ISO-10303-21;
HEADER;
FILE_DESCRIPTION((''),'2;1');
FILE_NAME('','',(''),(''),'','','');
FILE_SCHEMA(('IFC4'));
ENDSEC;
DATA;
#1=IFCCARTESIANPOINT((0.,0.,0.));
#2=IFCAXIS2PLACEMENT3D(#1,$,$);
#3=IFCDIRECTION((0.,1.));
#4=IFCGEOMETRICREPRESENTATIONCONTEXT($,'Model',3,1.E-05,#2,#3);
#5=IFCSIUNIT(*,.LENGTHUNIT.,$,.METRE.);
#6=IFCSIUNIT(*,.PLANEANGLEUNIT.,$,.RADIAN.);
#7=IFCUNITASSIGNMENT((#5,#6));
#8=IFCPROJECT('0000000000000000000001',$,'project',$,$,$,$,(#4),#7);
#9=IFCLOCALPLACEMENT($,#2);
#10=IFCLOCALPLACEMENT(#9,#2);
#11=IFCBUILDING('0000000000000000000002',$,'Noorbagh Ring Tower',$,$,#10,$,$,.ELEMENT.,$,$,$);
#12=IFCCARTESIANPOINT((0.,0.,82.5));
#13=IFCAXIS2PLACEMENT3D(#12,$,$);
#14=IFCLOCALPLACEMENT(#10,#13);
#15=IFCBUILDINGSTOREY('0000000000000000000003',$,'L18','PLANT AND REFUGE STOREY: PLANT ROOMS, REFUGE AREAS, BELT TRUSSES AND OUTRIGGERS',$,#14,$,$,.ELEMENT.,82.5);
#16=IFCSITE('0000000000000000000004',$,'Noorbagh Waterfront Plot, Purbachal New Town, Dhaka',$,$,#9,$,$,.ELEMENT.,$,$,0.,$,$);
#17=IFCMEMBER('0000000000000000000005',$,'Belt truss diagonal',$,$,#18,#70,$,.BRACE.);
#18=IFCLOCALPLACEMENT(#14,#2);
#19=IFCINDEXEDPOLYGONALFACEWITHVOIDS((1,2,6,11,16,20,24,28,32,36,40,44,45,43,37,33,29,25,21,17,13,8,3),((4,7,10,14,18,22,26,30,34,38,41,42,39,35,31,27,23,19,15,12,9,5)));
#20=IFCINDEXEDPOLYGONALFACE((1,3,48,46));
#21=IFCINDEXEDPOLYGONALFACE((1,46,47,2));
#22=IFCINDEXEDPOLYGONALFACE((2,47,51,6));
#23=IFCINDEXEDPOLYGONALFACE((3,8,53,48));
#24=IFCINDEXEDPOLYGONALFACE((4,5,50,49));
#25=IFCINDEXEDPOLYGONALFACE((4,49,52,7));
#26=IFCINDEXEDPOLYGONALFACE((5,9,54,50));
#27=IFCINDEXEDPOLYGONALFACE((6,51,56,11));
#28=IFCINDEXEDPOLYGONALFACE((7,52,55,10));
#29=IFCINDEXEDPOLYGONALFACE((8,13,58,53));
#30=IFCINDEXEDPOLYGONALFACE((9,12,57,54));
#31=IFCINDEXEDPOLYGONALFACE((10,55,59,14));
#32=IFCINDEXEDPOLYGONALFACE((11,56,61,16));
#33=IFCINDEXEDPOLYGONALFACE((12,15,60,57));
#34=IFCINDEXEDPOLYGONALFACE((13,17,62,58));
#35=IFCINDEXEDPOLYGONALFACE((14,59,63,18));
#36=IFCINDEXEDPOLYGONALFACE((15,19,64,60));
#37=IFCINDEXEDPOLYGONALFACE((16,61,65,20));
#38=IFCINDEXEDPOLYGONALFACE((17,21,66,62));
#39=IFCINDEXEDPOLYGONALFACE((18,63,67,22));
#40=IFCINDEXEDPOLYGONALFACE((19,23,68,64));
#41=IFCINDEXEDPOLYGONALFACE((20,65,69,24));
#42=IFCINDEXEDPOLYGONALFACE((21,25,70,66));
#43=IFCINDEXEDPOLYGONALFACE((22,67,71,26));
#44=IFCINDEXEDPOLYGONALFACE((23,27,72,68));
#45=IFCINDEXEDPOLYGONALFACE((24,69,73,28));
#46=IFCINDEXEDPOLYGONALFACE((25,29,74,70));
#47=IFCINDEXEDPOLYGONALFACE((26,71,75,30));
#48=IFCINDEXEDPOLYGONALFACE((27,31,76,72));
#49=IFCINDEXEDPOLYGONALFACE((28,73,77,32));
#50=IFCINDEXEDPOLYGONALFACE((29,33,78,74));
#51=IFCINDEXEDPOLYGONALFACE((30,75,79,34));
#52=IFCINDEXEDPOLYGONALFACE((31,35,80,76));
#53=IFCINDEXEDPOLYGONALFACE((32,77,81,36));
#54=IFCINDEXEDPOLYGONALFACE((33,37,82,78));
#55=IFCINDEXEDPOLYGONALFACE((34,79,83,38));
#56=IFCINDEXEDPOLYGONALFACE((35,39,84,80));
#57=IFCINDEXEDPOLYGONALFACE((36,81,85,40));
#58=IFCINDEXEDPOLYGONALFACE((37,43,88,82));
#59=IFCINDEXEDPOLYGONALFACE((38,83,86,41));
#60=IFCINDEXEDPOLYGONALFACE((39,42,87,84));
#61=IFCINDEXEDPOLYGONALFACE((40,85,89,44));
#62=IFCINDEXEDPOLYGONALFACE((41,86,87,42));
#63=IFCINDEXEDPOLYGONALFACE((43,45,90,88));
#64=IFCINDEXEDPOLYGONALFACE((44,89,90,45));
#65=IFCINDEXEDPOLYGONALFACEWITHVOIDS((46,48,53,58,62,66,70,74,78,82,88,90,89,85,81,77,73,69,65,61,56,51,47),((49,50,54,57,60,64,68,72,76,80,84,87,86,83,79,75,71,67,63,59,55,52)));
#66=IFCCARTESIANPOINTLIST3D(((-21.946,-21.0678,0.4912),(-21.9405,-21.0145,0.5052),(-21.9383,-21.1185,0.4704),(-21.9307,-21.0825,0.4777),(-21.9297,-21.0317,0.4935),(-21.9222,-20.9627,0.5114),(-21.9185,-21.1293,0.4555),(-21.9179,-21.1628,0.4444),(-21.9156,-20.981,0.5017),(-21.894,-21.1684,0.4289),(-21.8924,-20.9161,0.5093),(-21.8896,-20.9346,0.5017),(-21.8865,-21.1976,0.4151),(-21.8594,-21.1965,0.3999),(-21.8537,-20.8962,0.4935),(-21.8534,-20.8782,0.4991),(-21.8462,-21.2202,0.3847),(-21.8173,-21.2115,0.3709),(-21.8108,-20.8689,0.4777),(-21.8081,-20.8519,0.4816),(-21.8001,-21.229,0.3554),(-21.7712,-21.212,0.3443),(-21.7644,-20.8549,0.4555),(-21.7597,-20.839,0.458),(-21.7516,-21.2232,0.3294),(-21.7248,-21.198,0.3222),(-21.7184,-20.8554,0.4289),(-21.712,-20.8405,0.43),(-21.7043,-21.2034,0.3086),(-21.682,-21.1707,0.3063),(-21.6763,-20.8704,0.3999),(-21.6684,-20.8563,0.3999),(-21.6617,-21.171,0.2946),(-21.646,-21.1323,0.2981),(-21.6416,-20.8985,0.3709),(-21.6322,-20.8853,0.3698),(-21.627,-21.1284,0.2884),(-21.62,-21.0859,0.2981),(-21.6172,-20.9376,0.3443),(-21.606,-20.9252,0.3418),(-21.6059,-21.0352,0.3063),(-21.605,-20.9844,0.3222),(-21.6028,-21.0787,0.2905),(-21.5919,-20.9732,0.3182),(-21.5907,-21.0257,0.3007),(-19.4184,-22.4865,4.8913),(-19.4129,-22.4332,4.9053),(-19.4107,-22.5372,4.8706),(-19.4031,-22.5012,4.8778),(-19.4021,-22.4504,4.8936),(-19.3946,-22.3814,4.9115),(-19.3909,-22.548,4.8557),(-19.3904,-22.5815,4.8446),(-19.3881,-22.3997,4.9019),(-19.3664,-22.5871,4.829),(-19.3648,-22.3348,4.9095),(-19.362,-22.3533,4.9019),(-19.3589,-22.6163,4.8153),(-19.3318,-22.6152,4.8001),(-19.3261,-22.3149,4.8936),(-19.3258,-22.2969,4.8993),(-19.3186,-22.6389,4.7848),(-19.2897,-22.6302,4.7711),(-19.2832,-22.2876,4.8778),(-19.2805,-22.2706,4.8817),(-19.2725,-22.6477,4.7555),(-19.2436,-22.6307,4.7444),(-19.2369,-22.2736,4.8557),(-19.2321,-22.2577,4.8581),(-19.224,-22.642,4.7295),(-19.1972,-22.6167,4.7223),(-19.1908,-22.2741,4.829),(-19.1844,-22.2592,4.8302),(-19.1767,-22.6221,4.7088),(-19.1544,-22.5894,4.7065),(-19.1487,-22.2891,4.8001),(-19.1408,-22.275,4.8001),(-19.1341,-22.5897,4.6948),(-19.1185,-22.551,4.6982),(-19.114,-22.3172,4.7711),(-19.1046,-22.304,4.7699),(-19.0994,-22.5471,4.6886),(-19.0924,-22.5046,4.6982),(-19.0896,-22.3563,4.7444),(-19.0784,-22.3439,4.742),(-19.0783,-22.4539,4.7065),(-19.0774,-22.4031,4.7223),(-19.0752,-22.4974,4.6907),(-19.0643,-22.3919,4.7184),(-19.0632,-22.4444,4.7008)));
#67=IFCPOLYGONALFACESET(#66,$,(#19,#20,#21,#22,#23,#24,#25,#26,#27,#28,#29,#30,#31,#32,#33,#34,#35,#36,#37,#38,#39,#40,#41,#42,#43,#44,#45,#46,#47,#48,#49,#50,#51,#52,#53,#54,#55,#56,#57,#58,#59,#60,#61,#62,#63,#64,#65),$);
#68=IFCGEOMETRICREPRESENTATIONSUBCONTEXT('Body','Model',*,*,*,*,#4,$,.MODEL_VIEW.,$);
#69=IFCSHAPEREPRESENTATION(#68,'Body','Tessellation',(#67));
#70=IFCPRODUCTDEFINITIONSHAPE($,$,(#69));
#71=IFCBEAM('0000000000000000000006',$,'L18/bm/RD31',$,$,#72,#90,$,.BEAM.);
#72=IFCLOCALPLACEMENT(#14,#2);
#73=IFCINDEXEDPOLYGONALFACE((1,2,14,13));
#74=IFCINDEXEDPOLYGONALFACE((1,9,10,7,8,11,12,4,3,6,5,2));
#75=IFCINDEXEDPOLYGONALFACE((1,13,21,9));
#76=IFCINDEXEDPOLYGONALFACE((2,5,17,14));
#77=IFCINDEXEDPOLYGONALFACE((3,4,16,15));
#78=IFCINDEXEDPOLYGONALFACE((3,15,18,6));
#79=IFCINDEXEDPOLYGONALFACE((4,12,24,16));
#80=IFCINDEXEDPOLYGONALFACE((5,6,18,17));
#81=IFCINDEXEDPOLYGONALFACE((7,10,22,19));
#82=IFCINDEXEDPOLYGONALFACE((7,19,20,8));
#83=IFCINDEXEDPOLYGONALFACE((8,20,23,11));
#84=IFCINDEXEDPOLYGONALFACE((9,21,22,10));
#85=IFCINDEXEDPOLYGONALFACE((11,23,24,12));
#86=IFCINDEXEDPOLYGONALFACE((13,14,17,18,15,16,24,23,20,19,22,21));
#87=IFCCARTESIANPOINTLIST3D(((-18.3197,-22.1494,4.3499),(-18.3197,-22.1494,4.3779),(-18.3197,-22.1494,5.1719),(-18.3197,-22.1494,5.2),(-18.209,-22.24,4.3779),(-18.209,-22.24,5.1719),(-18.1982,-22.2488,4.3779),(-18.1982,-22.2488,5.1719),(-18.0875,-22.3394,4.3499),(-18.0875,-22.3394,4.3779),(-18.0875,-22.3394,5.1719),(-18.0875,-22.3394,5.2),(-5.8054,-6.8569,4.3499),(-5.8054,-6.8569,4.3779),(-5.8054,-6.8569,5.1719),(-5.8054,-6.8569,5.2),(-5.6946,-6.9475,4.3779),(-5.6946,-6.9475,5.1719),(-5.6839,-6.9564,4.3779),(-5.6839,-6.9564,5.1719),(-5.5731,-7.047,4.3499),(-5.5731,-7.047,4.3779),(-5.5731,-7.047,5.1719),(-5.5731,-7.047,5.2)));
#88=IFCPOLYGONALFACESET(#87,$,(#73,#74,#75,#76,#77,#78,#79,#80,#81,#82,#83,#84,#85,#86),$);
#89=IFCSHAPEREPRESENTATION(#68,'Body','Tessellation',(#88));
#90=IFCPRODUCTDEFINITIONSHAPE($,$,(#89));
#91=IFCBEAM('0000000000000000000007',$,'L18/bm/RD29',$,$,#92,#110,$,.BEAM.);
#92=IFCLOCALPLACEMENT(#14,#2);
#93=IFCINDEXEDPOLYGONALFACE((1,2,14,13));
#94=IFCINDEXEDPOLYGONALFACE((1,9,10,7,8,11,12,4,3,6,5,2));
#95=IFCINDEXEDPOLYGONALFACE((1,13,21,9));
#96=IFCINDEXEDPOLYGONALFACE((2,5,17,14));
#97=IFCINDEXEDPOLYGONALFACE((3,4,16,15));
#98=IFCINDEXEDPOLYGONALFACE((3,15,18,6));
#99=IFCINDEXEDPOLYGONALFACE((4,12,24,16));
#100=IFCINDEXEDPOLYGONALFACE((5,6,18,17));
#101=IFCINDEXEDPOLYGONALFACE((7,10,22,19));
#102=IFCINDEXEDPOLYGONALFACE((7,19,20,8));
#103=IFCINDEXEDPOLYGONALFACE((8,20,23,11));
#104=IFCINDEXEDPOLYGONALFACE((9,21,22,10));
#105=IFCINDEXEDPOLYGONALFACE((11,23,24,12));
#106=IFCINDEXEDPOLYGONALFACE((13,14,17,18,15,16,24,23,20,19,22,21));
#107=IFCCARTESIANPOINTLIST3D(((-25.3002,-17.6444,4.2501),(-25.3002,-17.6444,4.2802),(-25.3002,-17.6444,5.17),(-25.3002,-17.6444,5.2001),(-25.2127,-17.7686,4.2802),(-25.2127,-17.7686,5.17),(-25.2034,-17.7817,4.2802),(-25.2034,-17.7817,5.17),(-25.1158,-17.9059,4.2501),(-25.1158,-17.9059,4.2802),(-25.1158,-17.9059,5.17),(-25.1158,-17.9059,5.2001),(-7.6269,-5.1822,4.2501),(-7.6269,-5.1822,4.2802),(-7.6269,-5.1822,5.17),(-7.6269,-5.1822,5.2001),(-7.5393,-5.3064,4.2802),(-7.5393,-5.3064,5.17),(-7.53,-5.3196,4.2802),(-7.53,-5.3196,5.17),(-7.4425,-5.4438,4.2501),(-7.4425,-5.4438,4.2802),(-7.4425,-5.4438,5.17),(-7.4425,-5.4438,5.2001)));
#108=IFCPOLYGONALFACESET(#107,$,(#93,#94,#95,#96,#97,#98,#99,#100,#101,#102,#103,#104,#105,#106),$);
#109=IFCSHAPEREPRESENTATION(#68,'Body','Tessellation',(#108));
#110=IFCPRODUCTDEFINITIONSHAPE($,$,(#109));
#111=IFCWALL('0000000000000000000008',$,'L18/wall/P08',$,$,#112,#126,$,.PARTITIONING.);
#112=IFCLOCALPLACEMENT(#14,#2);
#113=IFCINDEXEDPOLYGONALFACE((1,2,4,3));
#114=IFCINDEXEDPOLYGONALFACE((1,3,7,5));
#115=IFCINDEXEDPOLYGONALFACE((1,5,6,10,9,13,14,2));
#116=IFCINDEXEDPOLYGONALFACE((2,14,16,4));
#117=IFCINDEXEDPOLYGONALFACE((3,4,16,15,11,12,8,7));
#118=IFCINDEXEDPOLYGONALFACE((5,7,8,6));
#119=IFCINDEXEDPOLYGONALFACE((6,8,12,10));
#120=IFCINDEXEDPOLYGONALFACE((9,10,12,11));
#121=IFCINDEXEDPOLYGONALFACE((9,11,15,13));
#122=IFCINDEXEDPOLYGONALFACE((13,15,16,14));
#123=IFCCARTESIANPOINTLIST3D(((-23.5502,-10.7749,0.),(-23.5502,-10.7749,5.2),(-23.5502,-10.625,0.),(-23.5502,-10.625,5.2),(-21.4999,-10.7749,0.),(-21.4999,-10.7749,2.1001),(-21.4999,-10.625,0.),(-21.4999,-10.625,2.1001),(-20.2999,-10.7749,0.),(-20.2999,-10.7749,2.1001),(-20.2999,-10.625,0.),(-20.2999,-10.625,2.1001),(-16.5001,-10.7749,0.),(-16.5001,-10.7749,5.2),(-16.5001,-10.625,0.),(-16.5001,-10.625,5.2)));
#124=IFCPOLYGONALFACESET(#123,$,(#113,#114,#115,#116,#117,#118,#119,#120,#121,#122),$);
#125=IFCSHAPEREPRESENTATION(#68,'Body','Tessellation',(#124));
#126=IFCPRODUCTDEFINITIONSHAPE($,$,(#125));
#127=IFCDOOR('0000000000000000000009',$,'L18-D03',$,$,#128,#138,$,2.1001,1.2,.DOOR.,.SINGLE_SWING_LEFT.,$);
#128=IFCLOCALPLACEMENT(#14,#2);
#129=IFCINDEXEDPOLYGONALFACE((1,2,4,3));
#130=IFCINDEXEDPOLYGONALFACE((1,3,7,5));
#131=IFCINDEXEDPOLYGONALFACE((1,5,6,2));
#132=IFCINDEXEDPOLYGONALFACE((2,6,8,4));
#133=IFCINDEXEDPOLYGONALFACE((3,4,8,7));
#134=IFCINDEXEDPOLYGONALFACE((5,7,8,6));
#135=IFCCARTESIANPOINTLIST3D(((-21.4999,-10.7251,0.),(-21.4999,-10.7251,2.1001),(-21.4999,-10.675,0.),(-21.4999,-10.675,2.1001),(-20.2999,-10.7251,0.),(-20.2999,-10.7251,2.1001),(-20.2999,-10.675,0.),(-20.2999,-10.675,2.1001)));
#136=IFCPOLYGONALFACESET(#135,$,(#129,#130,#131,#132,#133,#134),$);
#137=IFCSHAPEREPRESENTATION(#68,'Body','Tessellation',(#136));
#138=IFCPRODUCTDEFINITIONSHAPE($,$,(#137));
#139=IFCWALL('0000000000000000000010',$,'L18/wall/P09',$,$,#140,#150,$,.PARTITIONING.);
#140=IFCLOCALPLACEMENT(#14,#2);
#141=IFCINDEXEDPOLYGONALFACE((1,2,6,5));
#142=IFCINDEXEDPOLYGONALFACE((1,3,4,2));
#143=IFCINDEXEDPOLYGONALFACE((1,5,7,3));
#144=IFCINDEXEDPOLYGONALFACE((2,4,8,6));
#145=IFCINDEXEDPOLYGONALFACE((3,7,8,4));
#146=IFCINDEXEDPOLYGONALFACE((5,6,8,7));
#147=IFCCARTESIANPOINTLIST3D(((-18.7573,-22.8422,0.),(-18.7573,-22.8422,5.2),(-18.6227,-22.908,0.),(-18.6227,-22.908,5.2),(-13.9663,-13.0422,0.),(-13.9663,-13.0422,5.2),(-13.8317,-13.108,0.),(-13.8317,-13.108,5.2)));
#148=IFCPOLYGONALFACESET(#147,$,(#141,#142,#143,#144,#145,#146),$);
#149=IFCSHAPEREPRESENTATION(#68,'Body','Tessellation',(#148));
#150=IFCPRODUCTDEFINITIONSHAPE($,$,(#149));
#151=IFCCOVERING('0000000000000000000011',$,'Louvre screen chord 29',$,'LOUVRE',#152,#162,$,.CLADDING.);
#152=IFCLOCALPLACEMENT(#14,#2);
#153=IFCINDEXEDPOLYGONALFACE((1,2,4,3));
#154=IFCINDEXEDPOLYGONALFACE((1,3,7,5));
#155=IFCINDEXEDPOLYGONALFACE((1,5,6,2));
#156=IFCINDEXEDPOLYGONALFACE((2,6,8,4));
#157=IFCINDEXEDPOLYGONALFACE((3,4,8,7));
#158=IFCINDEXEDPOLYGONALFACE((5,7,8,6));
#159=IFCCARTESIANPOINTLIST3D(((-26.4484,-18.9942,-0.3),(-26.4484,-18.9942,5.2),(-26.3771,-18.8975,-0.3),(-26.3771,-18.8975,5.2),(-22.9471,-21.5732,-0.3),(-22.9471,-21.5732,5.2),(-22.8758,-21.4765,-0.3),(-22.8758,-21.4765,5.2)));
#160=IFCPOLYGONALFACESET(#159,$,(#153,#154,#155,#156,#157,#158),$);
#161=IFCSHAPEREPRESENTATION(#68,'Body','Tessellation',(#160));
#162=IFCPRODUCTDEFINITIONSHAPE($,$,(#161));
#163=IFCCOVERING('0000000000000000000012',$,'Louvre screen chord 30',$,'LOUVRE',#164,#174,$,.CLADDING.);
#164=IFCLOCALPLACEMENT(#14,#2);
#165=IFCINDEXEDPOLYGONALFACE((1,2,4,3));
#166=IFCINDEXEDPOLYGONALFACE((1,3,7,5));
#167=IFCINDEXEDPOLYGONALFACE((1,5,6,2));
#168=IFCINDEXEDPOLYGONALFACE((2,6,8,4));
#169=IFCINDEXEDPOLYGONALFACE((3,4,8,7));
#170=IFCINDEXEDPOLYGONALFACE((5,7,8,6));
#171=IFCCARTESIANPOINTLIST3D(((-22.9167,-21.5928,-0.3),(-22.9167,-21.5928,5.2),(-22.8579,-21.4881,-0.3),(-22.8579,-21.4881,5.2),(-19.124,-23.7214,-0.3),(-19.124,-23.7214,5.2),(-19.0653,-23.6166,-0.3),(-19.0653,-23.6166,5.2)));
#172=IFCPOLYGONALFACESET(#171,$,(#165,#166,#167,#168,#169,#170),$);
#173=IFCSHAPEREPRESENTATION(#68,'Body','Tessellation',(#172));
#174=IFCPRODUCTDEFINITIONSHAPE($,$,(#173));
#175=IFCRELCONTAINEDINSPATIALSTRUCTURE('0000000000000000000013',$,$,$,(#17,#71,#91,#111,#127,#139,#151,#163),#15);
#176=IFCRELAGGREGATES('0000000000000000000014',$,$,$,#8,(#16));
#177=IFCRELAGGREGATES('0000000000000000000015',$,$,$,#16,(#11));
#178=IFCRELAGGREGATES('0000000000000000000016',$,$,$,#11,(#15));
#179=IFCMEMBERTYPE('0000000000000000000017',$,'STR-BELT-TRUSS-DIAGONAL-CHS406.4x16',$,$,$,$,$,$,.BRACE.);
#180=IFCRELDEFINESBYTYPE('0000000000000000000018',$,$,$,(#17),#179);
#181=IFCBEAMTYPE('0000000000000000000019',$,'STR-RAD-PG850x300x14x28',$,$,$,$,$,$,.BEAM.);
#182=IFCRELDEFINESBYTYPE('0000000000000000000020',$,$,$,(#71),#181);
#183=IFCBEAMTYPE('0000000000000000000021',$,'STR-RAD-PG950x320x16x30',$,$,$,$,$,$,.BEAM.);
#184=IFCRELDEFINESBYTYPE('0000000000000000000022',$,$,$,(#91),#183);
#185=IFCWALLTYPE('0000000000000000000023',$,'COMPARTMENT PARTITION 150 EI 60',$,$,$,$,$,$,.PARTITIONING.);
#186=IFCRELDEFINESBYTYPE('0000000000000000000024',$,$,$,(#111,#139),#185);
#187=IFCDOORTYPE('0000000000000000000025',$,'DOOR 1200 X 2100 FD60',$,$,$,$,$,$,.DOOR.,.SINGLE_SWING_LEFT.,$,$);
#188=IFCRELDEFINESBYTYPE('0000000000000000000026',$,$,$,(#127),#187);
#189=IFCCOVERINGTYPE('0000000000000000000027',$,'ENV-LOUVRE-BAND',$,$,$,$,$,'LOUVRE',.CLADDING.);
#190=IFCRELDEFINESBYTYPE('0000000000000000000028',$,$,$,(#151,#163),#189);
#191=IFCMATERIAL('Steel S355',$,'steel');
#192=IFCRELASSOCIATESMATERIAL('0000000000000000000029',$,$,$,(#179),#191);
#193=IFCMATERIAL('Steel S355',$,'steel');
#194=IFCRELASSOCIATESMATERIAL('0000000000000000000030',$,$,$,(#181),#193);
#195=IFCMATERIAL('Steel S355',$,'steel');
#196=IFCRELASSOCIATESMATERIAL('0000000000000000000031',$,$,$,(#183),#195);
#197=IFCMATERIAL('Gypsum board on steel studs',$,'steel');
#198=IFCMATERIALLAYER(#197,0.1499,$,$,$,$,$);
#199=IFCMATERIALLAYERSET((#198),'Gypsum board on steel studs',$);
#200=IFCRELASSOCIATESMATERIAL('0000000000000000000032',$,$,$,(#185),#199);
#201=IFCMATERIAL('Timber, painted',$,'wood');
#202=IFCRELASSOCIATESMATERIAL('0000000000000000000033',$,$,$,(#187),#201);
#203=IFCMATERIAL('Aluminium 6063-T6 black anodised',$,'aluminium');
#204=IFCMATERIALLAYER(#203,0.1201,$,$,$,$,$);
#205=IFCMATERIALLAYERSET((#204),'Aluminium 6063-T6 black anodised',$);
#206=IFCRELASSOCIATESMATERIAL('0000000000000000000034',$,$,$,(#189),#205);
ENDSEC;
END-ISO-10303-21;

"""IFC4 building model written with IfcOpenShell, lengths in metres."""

from ifc_helpers import new_model, si_unit, direction, frame, frame_2d, origin, origin_2d, place, context, subcontext, project, spatial, rectangle, hollow_circle, i_section, extrude, material, layer, layer_set, material_profile, profile_set, type_object, element, fill, save


model = new_model("IFC4")

# Units and contexts
model_context = context("Model", 3, precision=1e-05, world=origin(), true_north=direction((0.0, 1.0)))
body_context = subcontext(model_context, "Body", "Model", "MODEL_VIEW")
ifc_project = project(units=[si_unit("LENGTHUNIT", "METRE"), si_unit("PLANEANGLEUNIT", "RADIAN")], contexts=[model_context])

# Site, building, storey
site_placement = place(None, origin())
site = spatial("IfcSite", under=ifc_project, at=site_placement, Name="Noorbagh Waterfront Plot, Purbachal New Town, Dhaka", CompositionType="ELEMENT", RefElevation=0.0)
building_placement = place(site_placement, origin())
building = spatial("IfcBuilding", under=site, at=building_placement, Name="Noorbagh Ring Tower", CompositionType="ELEMENT")
storey_placement = place(building_placement, frame((0.0, 0.0, 82.5)))
storey = spatial("IfcBuildingStorey", under=building, at=storey_placement, Name="L18", Description="PLANT AND REFUGE STOREY: PLANT ROOMS, REFUGE AREAS, BELT TRUSSES AND OUTRIGGERS", CompositionType="ELEMENT", Elevation=82.5)

# Member
ifc_material_1 = material(Name="Steel S355", Category="steel")
ifc_material_profile_1 = material_profile(ifc_material_1, hollow_circle(Radius=0.2031, WallThickness=0.0161, at=origin_2d()), Name="CHS406.4x16")
ifc_profile_set_1 = profile_set([ifc_material_profile_1], Name="Steel S355")
member_type = type_object("IfcMemberType", Name="STR-BELT-TRUSS-DIAGONAL-CHS406.4x16", PredefinedType="BRACE", material=ifc_profile_set_1)
member_1_placement = place(storey_placement, frame((-21.7678, -21.0334, 0.3999), z_axis=(0.479706, -0.269253, 0.835096), x_axis=(0.489457, 0.872027, 0.0)))
element("IfcMember", 1, at=member_1_placement, inside=storey, type_object=member_type, Name="Belt truss diagonal", PredefinedType="BRACE", context=body_context, shape_type="SweptSolid", body=[
    extrude(hollow_circle(Radius=0.2031, WallThickness=0.0161, at=origin_2d()), origin(), (0.0, 0.0, 1.0), 5.269),
])

# Beams
ifc_material_2 = material(Name="Steel S355", Category="steel")
ifc_material_profile_2 = material_profile(ifc_material_2, i_section(OverallWidth=0.3, OverallDepth=0.8501, WebThickness=0.0139, FlangeThickness=0.0281, at=origin_2d()), Name="PG850x300x14x28")
ifc_profile_set_2 = profile_set([ifc_material_profile_2], Name="Steel S355")
beam_type_1 = type_object("IfcBeamType", Name="STR-RAD-PG850x300x14x28", PredefinedType="BEAM", material=ifc_profile_set_2)
beam_1_placement = place(storey_placement, frame((-18.2036, -22.2444, 4.7749), z_axis=(0.63331, 0.773898, 0.0), x_axis=(-0.773898, 0.63331, 0.0)))
element("IfcBeam", 2, at=beam_1_placement, inside=storey, type_object=beam_type_1, Name="L18/bm/RD31", PredefinedType="BEAM", context=body_context, shape_type="SweptSolid", body=[
    extrude(i_section(OverallWidth=0.3, OverallDepth=0.8501, WebThickness=0.0139, FlangeThickness=0.0281, at=origin_2d()), origin(), (0.0, 0.0, 1.0), 19.7603),
])
ifc_material_3 = material(Name="Steel S355", Category="steel")
ifc_material_profile_3 = material_profile(ifc_material_3, i_section(OverallWidth=0.3201, OverallDepth=0.95, WebThickness=0.0161, FlangeThickness=0.03, at=origin_2d()), Name="PG950x320x16x30")
ifc_profile_set_3 = profile_set([ifc_material_profile_3], Name="Steel S355")
beam_type_2 = type_object("IfcBeamType", Name="STR-RAD-PG950x320x16x30", PredefinedType="BEAM", material=ifc_profile_set_3)
beam_2_placement = place(storey_placement, frame((-25.208, -17.7751, 4.7251), z_axis=(0.817254, 0.576278, 0.0), x_axis=(-0.576278, 0.817254, 0.0)))
element("IfcBeam", 3, at=beam_2_placement, inside=storey, type_object=beam_type_2, Name="L18/bm/RD29", PredefinedType="BEAM", context=body_context, shape_type="SweptSolid", body=[
    extrude(i_section(OverallWidth=0.3201, OverallDepth=0.95, WebThickness=0.0161, FlangeThickness=0.03, at=origin_2d()), origin(), (0.0, 0.0, 1.0), 21.6252),
])

# Wall, opening, door
ifc_material_4 = material(Name="Gypsum board on steel studs", Category="steel")
ifc_layer_1 = layer(ifc_material_4, 0.1499)
ifc_layer_set_1 = layer_set([ifc_layer_1], Name="Gypsum board on steel studs")
wall_type = type_object("IfcWallType", Name="COMPARTMENT PARTITION 150 EI 60", PredefinedType="PARTITIONING", material=ifc_layer_set_1)
wall_1_placement = place(storey_placement, frame((-23.55, -10.7, 0.0), z_axis=(0.0, 0.0, 1.0), x_axis=(1.0, 0.0, 0.0)))
wall_1 = element("IfcWall", 4, at=wall_1_placement, inside=storey, type_object=wall_type, Name="L18/wall/P08", PredefinedType="PARTITIONING", context=body_context, shape_type="SweptSolid", body=[
    extrude(rectangle(XDim=7.05, YDim=0.1499, at=frame_2d((3.5249, 0.0))), origin(), (0.0, 0.0, 1.0), 5.2),
])
opening_placement = place(wall_1_placement, frame((2.05, 0.0, 0.0)))
opening = element("IfcOpeningElement", 5, at=opening_placement, cuts=wall_1, PredefinedType="OPENING", context=body_context, shape_type="SweptSolid", body=[
    extrude(rectangle(XDim=1.2, YDim=2.1001, at=frame_2d((0.6001, 1.05))), frame((0.0, 0.085, 0.0), z_axis=(0.0, -1.0, 0.0), x_axis=(1.0, 0.0, 0.0)), (0.0, 0.0, 1.0), 0.1699),
])
ifc_material_5 = material(Name="Timber, painted", Category="wood")
door_type = type_object("IfcDoorType", Name="DOOR 1200 X 2100 FD60", OperationType="SINGLE_SWING_LEFT", PredefinedType="DOOR", material=ifc_material_5)
door_placement = place(opening_placement, origin())
door = element("IfcDoor", 6, at=door_placement, inside=storey, type_object=door_type, Name="L18-D03", OperationType="SINGLE_SWING_LEFT", OverallHeight=2.1001, OverallWidth=1.2, PredefinedType="DOOR", context=body_context, shape_type="SweptSolid", body=[
    extrude(rectangle(XDim=1.2, YDim=2.1001, at=frame_2d((0.6001, 1.05))), frame((0.0, 0.0249, 0.0), z_axis=(0.0, -1.0, 0.0), x_axis=(1.0, 0.0, 0.0)), (0.0, 0.0, 1.0), 0.05),
])
fill(opening, door)

# Wall
wall_2_placement = place(storey_placement, frame((-18.6899, -22.875, 0.0), z_axis=(0.0, 0.0, 1.0), x_axis=(0.439201, 0.898389, 0.0)))
element("IfcWall", 7, at=wall_2_placement, inside=storey, type_object=wall_type, Name="L18/wall/P09", PredefinedType="PARTITIONING", context=body_context, shape_type="SweptSolid", body=[
    extrude(rectangle(XDim=10.9084, YDim=0.1499, at=frame_2d((5.4541, 0.0))), origin(), (0.0, 0.0, 1.0), 5.2),
])

# Coverings
ifc_material_6 = material(Name="Aluminium 6063-T6 black anodised", Category="aluminium")
ifc_layer_2 = layer(ifc_material_6, 0.1201)
ifc_layer_set_2 = layer_set([ifc_layer_2], Name="Aluminium 6063-T6 black anodised")
covering_type_1 = type_object("IfcCoveringType", Name="ENV-LOUVRE-BAND", ElementType="LOUVRE", PredefinedType="CLADDING", material=ifc_layer_set_2)
covering_1_placement = place(storey_placement, frame((-24.6621, -20.2354, -0.3), z_axis=(0.0, 0.0, 1.0), x_axis=(0.805153, -0.593067, 0.0)))
element("IfcCovering", 8, at=covering_1_placement, inside=storey, type_object=covering_type_1, Name="Louvre screen chord 29", ObjectType="LOUVRE", PredefinedType="CLADDING", context=body_context, shape_type="SweptSolid", body=[
    extrude(rectangle(XDim=4.3486, YDim=0.1201, at=origin_2d()), origin(), (0.0, 0.0, 1.0), 5.5),
])
covering_2_placement = place(storey_placement, frame((-20.991, -22.6047, -0.3), z_axis=(0.0, 0.0, 1.0), x_axis=(0.872045, -0.489426, 0.0)))
element("IfcCovering", 9, at=covering_2_placement, inside=storey, type_object=covering_type_1, Name="Louvre screen chord 30", ObjectType="LOUVRE", PredefinedType="CLADDING", context=body_context, shape_type="SweptSolid", body=[
    extrude(rectangle(XDim=4.3491, YDim=0.1201, at=origin_2d()), origin(), (0.0, 0.0, 1.0), 5.5),
])

save(model, "model.ifc")
